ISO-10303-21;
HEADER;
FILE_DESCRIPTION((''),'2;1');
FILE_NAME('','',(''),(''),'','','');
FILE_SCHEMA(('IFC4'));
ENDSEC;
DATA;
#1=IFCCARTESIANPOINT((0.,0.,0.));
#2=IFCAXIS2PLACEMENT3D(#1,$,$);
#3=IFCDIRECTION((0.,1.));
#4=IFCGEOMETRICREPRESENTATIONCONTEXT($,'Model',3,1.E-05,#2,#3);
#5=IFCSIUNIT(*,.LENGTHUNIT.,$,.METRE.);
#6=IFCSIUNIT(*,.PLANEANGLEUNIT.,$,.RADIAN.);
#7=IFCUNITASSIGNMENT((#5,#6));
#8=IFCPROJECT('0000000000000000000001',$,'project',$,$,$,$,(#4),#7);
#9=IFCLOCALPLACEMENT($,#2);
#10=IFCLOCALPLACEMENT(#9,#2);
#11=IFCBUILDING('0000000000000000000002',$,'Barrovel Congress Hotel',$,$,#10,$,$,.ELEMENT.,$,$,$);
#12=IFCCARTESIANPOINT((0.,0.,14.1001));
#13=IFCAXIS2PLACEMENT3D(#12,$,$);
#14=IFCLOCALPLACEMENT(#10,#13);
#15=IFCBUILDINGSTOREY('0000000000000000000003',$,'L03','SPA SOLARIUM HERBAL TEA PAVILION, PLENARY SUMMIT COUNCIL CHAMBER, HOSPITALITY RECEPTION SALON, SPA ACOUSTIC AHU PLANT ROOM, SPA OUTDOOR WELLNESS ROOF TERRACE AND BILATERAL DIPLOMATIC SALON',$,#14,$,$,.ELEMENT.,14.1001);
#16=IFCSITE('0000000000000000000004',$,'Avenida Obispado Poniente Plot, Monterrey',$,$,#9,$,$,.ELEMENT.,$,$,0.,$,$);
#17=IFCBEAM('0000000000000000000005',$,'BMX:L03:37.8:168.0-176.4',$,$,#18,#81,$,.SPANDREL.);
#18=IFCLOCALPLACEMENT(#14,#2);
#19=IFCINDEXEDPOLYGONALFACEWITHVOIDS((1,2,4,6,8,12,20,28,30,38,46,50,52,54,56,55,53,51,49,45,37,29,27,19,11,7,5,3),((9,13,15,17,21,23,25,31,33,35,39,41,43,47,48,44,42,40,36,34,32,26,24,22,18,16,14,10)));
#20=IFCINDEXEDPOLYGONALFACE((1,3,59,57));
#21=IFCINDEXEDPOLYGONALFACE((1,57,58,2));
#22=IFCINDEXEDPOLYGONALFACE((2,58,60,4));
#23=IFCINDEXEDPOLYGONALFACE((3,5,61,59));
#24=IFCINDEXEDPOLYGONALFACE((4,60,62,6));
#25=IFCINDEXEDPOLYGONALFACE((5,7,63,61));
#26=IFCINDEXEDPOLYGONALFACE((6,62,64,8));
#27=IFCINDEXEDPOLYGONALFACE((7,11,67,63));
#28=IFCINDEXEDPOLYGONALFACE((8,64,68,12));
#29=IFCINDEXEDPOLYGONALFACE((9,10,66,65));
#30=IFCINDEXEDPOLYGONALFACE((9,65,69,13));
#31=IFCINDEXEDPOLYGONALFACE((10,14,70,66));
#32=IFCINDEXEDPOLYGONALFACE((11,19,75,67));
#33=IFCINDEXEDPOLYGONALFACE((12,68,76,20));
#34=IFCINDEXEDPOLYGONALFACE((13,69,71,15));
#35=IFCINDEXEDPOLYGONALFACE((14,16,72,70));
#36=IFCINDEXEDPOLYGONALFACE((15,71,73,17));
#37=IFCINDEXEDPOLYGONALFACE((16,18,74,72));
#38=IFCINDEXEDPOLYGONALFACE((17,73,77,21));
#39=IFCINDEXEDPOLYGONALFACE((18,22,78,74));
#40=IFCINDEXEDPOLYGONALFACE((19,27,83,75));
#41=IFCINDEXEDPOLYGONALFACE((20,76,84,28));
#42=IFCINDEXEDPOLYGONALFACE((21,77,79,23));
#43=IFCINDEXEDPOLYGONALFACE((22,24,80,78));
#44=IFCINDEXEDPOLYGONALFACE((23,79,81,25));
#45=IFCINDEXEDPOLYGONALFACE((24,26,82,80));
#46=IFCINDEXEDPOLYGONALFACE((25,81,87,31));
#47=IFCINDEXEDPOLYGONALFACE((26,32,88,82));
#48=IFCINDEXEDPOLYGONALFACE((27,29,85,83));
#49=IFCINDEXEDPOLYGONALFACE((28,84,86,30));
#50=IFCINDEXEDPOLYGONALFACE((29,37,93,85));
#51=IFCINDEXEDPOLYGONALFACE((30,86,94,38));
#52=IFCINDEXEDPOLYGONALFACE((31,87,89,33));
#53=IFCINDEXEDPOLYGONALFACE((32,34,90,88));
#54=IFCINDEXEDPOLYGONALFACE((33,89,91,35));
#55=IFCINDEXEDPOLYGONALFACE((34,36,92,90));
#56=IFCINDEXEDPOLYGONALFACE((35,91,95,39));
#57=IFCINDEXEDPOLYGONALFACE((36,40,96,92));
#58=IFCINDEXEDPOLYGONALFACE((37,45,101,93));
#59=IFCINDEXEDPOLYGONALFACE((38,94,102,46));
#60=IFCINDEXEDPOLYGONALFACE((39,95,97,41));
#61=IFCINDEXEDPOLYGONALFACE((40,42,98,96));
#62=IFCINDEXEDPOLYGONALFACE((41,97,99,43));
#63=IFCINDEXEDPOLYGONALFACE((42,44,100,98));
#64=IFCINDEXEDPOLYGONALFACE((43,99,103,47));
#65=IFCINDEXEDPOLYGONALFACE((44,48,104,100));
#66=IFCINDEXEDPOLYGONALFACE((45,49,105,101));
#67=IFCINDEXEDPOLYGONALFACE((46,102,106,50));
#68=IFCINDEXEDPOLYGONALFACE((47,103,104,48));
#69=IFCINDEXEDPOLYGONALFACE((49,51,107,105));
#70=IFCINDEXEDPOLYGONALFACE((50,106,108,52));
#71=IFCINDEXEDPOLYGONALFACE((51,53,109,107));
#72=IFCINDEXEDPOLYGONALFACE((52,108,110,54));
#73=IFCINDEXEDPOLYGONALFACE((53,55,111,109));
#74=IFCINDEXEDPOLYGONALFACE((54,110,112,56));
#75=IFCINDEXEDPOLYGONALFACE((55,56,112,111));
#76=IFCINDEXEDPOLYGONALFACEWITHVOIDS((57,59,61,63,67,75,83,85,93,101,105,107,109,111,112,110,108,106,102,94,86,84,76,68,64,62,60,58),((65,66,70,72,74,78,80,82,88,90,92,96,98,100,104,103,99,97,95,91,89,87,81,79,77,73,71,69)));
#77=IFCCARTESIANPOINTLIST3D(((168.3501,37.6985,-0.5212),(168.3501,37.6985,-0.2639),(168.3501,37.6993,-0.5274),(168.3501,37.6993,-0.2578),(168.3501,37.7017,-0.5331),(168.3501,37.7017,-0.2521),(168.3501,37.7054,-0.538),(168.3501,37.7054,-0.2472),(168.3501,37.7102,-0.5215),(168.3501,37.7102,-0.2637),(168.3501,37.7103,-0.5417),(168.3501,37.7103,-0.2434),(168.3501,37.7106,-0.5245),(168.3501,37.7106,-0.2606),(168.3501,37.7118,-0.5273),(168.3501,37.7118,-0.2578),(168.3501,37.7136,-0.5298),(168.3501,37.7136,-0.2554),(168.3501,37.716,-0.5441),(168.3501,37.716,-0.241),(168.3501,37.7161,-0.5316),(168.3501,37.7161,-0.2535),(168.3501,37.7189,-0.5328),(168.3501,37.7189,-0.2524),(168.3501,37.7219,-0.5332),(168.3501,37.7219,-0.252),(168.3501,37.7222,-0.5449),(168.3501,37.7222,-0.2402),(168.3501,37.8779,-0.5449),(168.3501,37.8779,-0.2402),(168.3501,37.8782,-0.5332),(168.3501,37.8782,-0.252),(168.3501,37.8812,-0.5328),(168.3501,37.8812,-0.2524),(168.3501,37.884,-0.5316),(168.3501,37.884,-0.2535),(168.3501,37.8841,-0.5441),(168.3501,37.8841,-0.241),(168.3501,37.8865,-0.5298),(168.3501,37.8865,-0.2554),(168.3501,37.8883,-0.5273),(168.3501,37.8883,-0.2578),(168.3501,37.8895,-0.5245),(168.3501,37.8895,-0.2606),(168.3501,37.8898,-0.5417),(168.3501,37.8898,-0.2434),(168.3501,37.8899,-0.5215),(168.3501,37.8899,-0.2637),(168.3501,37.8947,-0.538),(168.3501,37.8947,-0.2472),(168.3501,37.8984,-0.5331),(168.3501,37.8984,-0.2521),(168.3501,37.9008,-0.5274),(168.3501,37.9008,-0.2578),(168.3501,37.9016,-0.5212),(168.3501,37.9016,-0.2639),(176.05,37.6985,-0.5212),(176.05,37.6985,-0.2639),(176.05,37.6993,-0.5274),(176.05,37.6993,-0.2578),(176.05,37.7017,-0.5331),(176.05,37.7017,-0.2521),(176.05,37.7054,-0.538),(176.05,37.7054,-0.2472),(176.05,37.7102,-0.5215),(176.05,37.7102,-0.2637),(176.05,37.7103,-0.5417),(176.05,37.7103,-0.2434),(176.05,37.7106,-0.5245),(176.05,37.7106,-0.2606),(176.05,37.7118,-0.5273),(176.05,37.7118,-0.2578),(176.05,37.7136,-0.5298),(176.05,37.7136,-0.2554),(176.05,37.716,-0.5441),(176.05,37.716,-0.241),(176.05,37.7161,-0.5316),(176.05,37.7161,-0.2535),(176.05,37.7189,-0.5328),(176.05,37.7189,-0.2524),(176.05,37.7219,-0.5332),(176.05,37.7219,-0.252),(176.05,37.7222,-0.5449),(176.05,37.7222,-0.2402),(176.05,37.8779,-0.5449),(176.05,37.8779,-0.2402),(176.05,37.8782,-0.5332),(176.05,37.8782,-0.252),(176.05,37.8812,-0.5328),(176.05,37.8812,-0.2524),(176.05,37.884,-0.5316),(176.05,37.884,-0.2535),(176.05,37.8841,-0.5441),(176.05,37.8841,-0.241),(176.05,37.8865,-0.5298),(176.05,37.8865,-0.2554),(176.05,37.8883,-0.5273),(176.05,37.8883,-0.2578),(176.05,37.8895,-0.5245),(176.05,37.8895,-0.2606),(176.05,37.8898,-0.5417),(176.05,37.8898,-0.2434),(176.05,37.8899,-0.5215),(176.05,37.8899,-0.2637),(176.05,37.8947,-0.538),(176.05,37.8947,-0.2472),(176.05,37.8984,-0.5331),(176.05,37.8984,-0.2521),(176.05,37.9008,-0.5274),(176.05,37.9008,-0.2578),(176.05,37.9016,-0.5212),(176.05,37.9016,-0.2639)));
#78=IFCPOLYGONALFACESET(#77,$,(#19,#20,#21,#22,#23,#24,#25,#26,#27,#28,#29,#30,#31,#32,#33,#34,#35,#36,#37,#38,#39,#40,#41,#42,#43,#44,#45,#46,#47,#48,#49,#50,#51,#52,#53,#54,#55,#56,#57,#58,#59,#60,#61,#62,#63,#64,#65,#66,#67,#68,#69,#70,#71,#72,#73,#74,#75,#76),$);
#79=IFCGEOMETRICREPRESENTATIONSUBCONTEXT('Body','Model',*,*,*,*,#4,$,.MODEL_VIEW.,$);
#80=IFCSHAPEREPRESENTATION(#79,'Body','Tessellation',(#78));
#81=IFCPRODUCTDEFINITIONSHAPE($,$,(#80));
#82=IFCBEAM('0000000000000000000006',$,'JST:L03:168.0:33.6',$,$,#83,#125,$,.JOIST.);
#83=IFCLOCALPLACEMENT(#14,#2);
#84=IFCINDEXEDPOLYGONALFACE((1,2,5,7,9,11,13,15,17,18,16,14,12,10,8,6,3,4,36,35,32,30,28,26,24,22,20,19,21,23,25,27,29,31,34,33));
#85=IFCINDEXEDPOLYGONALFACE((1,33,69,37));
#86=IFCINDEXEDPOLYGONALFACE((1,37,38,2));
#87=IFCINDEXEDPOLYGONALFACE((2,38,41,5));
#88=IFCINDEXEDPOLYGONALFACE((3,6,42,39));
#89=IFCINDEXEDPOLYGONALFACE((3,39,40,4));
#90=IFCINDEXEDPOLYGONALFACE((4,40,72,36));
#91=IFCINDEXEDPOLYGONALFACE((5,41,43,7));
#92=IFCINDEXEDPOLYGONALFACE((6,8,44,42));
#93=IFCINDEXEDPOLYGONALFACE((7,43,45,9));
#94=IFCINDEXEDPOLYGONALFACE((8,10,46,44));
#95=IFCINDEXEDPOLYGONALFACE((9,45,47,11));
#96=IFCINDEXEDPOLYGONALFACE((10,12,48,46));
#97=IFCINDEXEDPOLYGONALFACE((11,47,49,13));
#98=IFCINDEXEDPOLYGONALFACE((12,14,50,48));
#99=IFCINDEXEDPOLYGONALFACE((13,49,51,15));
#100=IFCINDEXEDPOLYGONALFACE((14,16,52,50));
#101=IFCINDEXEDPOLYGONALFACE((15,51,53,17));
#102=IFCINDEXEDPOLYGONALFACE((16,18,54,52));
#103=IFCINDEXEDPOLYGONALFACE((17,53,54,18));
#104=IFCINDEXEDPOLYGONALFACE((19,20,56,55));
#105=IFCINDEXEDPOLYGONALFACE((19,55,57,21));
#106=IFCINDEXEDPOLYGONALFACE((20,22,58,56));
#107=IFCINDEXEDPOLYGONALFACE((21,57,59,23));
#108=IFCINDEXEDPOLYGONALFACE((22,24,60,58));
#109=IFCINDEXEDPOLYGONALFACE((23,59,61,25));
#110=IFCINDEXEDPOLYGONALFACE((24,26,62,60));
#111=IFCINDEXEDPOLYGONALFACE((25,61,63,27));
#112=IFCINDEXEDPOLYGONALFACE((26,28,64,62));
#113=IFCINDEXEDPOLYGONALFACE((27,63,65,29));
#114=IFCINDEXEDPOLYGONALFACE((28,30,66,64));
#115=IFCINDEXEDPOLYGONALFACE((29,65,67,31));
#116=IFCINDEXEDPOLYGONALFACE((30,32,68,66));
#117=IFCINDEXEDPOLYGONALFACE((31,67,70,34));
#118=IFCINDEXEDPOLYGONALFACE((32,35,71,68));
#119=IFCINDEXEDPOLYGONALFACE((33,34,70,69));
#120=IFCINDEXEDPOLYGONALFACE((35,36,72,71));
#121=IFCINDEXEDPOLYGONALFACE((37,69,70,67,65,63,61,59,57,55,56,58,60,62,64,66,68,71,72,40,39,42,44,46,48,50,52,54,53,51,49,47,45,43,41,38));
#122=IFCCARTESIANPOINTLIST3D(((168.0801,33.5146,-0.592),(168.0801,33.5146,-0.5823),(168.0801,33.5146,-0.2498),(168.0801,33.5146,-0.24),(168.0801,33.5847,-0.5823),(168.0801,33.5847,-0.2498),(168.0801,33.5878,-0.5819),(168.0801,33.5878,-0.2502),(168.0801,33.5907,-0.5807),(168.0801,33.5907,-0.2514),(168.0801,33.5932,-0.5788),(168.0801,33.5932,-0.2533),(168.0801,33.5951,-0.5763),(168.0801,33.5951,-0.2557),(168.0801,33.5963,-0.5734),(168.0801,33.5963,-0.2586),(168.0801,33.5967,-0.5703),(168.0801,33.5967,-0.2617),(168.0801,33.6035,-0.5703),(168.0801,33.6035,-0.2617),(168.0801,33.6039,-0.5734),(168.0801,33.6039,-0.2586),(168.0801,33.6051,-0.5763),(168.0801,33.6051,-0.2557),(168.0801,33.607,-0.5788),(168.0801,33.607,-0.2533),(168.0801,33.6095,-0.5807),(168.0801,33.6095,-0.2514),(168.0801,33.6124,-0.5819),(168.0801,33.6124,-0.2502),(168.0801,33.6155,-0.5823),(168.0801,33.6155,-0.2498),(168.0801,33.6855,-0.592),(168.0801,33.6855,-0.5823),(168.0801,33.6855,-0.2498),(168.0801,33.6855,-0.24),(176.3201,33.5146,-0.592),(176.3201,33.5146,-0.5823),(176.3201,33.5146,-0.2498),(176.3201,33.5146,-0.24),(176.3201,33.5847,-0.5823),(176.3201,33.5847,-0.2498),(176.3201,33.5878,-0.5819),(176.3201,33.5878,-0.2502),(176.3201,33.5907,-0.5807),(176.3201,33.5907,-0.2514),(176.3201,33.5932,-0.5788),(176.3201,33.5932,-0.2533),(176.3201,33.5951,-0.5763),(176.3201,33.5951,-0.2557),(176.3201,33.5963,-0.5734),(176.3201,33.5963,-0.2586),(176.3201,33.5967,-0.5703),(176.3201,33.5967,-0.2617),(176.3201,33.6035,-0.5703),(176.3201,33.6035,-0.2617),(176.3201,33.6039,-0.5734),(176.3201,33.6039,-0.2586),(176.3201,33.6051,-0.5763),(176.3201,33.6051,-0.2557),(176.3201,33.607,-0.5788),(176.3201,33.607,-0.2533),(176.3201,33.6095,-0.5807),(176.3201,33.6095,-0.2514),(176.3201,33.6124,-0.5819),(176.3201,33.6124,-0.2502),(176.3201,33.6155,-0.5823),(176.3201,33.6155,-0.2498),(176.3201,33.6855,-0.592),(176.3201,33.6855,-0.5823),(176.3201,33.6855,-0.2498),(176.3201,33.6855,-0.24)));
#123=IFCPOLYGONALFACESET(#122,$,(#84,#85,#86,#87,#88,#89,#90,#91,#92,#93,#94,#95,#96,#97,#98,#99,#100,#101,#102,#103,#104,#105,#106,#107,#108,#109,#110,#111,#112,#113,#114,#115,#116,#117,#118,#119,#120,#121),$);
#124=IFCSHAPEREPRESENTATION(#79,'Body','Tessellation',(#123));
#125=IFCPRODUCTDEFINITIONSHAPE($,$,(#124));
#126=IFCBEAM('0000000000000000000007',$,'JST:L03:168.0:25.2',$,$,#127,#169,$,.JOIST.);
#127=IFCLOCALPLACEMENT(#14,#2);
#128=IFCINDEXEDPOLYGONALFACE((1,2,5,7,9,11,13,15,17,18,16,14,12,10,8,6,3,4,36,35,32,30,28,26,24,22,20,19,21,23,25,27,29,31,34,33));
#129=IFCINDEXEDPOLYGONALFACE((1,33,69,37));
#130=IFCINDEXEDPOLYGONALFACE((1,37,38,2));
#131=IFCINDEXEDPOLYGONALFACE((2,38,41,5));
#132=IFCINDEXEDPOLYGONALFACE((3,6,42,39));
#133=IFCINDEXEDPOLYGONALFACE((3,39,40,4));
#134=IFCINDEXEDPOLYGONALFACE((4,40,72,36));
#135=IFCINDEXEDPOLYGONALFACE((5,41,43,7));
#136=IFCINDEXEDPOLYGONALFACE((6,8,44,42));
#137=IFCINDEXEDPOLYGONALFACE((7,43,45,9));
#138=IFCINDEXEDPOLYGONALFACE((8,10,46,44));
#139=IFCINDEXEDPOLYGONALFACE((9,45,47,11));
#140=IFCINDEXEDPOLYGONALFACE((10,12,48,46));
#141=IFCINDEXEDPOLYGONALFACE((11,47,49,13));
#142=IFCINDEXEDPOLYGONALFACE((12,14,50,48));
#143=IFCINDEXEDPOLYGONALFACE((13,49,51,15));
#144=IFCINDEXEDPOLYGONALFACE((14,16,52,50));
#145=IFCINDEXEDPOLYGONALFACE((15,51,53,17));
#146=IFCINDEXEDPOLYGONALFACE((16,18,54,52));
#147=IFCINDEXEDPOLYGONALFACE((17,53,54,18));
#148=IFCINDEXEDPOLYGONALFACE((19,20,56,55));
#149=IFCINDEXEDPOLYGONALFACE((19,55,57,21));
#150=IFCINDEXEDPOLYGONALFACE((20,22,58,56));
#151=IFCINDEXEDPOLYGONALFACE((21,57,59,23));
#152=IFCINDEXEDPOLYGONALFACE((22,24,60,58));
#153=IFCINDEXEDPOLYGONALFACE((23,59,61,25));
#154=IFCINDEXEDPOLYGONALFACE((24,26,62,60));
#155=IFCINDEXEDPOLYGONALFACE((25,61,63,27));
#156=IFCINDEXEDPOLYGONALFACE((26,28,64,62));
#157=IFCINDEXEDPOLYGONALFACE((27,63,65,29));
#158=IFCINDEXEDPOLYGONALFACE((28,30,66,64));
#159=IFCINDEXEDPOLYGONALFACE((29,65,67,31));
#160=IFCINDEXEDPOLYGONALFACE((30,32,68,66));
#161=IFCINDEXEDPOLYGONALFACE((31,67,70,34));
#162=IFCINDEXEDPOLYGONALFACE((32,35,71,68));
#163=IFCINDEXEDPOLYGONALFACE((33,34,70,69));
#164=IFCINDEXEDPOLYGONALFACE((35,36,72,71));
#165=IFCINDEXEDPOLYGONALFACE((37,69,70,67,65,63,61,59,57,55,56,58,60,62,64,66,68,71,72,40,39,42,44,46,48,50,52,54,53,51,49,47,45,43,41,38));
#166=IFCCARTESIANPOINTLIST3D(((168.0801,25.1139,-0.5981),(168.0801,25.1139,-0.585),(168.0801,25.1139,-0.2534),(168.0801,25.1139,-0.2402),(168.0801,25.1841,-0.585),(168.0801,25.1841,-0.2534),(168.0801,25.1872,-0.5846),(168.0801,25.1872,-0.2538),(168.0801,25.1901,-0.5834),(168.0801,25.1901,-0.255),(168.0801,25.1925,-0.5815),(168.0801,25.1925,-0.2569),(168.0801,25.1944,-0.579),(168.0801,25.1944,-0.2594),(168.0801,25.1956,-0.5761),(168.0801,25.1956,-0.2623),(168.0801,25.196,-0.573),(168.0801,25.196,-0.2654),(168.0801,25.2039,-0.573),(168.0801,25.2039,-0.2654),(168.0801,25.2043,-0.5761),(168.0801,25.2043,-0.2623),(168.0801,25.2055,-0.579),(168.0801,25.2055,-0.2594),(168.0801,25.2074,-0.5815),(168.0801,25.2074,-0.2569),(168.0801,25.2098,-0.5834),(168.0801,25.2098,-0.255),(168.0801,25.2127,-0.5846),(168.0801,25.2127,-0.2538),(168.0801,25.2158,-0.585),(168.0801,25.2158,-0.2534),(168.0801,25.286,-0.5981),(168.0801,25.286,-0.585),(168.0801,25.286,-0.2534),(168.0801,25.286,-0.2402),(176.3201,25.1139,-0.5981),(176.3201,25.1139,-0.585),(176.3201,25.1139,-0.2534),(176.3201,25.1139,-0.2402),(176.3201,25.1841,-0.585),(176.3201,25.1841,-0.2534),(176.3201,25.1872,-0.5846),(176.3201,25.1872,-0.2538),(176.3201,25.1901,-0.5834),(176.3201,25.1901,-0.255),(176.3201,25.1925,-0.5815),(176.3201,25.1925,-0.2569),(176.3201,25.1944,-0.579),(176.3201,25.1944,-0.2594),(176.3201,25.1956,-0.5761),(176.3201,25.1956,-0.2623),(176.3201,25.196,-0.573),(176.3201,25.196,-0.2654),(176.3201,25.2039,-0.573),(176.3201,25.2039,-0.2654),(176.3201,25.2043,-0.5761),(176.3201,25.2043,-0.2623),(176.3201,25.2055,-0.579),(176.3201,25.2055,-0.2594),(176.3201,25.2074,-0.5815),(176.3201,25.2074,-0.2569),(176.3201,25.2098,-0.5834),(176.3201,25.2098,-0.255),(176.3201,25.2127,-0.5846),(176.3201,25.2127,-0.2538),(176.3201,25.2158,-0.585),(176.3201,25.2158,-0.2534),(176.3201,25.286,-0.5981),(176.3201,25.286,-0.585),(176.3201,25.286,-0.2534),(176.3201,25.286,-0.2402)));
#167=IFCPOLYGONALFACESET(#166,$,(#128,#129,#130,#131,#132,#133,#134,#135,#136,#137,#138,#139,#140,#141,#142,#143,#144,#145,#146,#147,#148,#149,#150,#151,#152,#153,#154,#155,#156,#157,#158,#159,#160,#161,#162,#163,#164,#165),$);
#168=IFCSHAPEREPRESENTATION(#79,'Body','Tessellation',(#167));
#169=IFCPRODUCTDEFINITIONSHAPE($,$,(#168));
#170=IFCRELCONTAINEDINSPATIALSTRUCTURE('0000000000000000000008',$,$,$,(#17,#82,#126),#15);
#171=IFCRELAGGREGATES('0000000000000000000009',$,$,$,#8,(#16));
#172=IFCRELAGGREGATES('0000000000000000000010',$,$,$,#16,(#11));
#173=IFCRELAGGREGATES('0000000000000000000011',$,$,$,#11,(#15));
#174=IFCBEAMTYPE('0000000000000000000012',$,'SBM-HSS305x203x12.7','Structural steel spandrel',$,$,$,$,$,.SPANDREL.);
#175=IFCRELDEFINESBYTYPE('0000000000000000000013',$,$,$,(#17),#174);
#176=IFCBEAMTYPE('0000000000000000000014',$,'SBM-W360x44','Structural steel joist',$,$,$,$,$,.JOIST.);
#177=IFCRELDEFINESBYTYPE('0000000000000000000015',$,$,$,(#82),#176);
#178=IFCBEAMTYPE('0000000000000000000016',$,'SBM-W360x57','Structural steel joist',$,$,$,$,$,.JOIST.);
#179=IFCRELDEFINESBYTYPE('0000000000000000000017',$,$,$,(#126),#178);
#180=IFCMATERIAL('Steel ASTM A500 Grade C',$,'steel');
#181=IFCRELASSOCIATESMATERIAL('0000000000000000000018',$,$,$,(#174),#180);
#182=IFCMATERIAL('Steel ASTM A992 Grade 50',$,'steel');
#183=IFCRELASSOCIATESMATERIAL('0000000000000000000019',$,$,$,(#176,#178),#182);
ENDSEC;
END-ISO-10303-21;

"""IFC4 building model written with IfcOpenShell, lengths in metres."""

from ifc_helpers import new_model, si_unit, direction, frame, origin, origin_2d, place, context, subcontext, project, spatial, hollow_rectangle, i_section, extrude, material, material_profile, profile_set, type_object, element, save


model = new_model("IFC4")

# Units and contexts
model_context = context("Model", 3, precision=1e-05, world=origin(), true_north=direction((0.0, 1.0)))
body_context = subcontext(model_context, "Body", "Model", "MODEL_VIEW")
ifc_project = project(units=[si_unit("LENGTHUNIT", "METRE"), si_unit("PLANEANGLEUNIT", "RADIAN")], contexts=[model_context])

# Site, building, storey
site_placement = place(None, origin())
site = spatial("IfcSite", under=ifc_project, at=site_placement, Name="Avenida Obispado Poniente Plot, Monterrey", CompositionType="ELEMENT", RefElevation=0.0)
building_placement = place(site_placement, origin())
building = spatial("IfcBuilding", under=site, at=building_placement, Name="Barrovel Congress Hotel", CompositionType="ELEMENT")
storey_placement = place(building_placement, frame((0.0, 0.0, 14.1001)))
storey = spatial("IfcBuildingStorey", under=building, at=storey_placement, Name="L03", Description="SPA SOLARIUM HERBAL TEA PAVILION, PLENARY SUMMIT COUNCIL CHAMBER, HOSPITALITY RECEPTION SALON, SPA ACOUSTIC AHU PLANT ROOM, SPA OUTDOOR WELLNESS ROOF TERRACE AND BILATERAL DIPLOMATIC SALON", CompositionType="ELEMENT", Elevation=14.1001)

# Shared definitions
ifc_material_1 = material(Name="Steel ASTM A500 Grade C", Category="steel")

# Beams
ifc_material_profile_1 = material_profile(ifc_material_1, hollow_rectangle(XDim=0.2031, YDim=0.3047, WallThickness=0.0117, InnerFilletRadius=0.0117, OuterFilletRadius=0.0237, at=origin_2d()), Name="HSS305x203x12.7")
ifc_profile_set_1 = profile_set([ifc_material_profile_1], Name="Steel ASTM A500 Grade C")
beam_type_1 = type_object("IfcBeamType", Name="SBM-HSS305x203x12.7", Description="Structural steel spandrel", PredefinedType="SPANDREL", material=ifc_profile_set_1)
beam_1_placement = place(storey_placement, frame((168.3501, 37.8, -0.3926), z_axis=(1.0, 0.0, 0.0), x_axis=(0.0, 1.0, 0.0)))
element("IfcBeam", 1, at=beam_1_placement, inside=storey, type_object=beam_type_1, Name="BMX:L03:37.8:168.0-176.4", PredefinedType="SPANDREL", context=body_context, shape_type="SweptSolid", body=[
    extrude(hollow_rectangle(XDim=0.2031, YDim=0.3047, WallThickness=0.0117, InnerFilletRadius=0.0117, OuterFilletRadius=0.0237, at=origin_2d()), origin(), (0.0, 0.0, 1.0), 7.7),
])
ifc_material_2 = material(Name="Steel ASTM A992 Grade 50", Category="steel")
ifc_material_profile_2 = material_profile(ifc_material_2, i_section(OverallWidth=0.1709, OverallDepth=0.3521, WebThickness=0.0068, FlangeThickness=0.0098, FilletRadius=0.012, at=origin_2d()), Name="W360x44")
ifc_profile_set_2 = profile_set([ifc_material_profile_2], Name="Steel ASTM A992 Grade 50")
beam_type_2 = type_object("IfcBeamType", Name="SBM-W360x44", Description="Structural steel joist", PredefinedType="JOIST", material=ifc_profile_set_2)
beam_2_placement = place(storey_placement, frame((168.0801, 33.6001, -0.416), z_axis=(1.0, 0.0, 0.0), x_axis=(0.0, 1.0, 0.0)))
element("IfcBeam", 2, at=beam_2_placement, inside=storey, type_object=beam_type_2, Name="JST:L03:168.0:33.6", PredefinedType="JOIST", context=body_context, shape_type="SweptSolid", body=[
    extrude(i_section(OverallWidth=0.1709, OverallDepth=0.3521, WebThickness=0.0068, FlangeThickness=0.0098, FilletRadius=0.012, at=origin_2d()), origin(), (0.0, 0.0, 1.0), 8.24),
])
ifc_material_profile_3 = material_profile(ifc_material_2, i_section(OverallWidth=0.1721, OverallDepth=0.3579, WebThickness=0.0078, FlangeThickness=0.0132, FilletRadius=0.012, at=origin_2d()), Name="W360x57")
ifc_profile_set_3 = profile_set([ifc_material_profile_3], Name="Steel ASTM A992 Grade 50")
beam_type_3 = type_object("IfcBeamType", Name="SBM-W360x57", Description="Structural steel joist", PredefinedType="JOIST", material=ifc_profile_set_3)
beam_3_placement = place(storey_placement, frame((168.0801, 25.2, -0.4192), z_axis=(1.0, 0.0, 0.0), x_axis=(0.0, 1.0, 0.0)))
element("IfcBeam", 3, at=beam_3_placement, inside=storey, type_object=beam_type_3, Name="JST:L03:168.0:25.2", PredefinedType="JOIST", context=body_context, shape_type="SweptSolid", body=[
    extrude(i_section(OverallWidth=0.1721, OverallDepth=0.3579, WebThickness=0.0078, FlangeThickness=0.0132, FilletRadius=0.012, at=origin_2d()), origin(), (0.0, 0.0, 1.0), 8.24),
])

save(model, "model.ifc")
